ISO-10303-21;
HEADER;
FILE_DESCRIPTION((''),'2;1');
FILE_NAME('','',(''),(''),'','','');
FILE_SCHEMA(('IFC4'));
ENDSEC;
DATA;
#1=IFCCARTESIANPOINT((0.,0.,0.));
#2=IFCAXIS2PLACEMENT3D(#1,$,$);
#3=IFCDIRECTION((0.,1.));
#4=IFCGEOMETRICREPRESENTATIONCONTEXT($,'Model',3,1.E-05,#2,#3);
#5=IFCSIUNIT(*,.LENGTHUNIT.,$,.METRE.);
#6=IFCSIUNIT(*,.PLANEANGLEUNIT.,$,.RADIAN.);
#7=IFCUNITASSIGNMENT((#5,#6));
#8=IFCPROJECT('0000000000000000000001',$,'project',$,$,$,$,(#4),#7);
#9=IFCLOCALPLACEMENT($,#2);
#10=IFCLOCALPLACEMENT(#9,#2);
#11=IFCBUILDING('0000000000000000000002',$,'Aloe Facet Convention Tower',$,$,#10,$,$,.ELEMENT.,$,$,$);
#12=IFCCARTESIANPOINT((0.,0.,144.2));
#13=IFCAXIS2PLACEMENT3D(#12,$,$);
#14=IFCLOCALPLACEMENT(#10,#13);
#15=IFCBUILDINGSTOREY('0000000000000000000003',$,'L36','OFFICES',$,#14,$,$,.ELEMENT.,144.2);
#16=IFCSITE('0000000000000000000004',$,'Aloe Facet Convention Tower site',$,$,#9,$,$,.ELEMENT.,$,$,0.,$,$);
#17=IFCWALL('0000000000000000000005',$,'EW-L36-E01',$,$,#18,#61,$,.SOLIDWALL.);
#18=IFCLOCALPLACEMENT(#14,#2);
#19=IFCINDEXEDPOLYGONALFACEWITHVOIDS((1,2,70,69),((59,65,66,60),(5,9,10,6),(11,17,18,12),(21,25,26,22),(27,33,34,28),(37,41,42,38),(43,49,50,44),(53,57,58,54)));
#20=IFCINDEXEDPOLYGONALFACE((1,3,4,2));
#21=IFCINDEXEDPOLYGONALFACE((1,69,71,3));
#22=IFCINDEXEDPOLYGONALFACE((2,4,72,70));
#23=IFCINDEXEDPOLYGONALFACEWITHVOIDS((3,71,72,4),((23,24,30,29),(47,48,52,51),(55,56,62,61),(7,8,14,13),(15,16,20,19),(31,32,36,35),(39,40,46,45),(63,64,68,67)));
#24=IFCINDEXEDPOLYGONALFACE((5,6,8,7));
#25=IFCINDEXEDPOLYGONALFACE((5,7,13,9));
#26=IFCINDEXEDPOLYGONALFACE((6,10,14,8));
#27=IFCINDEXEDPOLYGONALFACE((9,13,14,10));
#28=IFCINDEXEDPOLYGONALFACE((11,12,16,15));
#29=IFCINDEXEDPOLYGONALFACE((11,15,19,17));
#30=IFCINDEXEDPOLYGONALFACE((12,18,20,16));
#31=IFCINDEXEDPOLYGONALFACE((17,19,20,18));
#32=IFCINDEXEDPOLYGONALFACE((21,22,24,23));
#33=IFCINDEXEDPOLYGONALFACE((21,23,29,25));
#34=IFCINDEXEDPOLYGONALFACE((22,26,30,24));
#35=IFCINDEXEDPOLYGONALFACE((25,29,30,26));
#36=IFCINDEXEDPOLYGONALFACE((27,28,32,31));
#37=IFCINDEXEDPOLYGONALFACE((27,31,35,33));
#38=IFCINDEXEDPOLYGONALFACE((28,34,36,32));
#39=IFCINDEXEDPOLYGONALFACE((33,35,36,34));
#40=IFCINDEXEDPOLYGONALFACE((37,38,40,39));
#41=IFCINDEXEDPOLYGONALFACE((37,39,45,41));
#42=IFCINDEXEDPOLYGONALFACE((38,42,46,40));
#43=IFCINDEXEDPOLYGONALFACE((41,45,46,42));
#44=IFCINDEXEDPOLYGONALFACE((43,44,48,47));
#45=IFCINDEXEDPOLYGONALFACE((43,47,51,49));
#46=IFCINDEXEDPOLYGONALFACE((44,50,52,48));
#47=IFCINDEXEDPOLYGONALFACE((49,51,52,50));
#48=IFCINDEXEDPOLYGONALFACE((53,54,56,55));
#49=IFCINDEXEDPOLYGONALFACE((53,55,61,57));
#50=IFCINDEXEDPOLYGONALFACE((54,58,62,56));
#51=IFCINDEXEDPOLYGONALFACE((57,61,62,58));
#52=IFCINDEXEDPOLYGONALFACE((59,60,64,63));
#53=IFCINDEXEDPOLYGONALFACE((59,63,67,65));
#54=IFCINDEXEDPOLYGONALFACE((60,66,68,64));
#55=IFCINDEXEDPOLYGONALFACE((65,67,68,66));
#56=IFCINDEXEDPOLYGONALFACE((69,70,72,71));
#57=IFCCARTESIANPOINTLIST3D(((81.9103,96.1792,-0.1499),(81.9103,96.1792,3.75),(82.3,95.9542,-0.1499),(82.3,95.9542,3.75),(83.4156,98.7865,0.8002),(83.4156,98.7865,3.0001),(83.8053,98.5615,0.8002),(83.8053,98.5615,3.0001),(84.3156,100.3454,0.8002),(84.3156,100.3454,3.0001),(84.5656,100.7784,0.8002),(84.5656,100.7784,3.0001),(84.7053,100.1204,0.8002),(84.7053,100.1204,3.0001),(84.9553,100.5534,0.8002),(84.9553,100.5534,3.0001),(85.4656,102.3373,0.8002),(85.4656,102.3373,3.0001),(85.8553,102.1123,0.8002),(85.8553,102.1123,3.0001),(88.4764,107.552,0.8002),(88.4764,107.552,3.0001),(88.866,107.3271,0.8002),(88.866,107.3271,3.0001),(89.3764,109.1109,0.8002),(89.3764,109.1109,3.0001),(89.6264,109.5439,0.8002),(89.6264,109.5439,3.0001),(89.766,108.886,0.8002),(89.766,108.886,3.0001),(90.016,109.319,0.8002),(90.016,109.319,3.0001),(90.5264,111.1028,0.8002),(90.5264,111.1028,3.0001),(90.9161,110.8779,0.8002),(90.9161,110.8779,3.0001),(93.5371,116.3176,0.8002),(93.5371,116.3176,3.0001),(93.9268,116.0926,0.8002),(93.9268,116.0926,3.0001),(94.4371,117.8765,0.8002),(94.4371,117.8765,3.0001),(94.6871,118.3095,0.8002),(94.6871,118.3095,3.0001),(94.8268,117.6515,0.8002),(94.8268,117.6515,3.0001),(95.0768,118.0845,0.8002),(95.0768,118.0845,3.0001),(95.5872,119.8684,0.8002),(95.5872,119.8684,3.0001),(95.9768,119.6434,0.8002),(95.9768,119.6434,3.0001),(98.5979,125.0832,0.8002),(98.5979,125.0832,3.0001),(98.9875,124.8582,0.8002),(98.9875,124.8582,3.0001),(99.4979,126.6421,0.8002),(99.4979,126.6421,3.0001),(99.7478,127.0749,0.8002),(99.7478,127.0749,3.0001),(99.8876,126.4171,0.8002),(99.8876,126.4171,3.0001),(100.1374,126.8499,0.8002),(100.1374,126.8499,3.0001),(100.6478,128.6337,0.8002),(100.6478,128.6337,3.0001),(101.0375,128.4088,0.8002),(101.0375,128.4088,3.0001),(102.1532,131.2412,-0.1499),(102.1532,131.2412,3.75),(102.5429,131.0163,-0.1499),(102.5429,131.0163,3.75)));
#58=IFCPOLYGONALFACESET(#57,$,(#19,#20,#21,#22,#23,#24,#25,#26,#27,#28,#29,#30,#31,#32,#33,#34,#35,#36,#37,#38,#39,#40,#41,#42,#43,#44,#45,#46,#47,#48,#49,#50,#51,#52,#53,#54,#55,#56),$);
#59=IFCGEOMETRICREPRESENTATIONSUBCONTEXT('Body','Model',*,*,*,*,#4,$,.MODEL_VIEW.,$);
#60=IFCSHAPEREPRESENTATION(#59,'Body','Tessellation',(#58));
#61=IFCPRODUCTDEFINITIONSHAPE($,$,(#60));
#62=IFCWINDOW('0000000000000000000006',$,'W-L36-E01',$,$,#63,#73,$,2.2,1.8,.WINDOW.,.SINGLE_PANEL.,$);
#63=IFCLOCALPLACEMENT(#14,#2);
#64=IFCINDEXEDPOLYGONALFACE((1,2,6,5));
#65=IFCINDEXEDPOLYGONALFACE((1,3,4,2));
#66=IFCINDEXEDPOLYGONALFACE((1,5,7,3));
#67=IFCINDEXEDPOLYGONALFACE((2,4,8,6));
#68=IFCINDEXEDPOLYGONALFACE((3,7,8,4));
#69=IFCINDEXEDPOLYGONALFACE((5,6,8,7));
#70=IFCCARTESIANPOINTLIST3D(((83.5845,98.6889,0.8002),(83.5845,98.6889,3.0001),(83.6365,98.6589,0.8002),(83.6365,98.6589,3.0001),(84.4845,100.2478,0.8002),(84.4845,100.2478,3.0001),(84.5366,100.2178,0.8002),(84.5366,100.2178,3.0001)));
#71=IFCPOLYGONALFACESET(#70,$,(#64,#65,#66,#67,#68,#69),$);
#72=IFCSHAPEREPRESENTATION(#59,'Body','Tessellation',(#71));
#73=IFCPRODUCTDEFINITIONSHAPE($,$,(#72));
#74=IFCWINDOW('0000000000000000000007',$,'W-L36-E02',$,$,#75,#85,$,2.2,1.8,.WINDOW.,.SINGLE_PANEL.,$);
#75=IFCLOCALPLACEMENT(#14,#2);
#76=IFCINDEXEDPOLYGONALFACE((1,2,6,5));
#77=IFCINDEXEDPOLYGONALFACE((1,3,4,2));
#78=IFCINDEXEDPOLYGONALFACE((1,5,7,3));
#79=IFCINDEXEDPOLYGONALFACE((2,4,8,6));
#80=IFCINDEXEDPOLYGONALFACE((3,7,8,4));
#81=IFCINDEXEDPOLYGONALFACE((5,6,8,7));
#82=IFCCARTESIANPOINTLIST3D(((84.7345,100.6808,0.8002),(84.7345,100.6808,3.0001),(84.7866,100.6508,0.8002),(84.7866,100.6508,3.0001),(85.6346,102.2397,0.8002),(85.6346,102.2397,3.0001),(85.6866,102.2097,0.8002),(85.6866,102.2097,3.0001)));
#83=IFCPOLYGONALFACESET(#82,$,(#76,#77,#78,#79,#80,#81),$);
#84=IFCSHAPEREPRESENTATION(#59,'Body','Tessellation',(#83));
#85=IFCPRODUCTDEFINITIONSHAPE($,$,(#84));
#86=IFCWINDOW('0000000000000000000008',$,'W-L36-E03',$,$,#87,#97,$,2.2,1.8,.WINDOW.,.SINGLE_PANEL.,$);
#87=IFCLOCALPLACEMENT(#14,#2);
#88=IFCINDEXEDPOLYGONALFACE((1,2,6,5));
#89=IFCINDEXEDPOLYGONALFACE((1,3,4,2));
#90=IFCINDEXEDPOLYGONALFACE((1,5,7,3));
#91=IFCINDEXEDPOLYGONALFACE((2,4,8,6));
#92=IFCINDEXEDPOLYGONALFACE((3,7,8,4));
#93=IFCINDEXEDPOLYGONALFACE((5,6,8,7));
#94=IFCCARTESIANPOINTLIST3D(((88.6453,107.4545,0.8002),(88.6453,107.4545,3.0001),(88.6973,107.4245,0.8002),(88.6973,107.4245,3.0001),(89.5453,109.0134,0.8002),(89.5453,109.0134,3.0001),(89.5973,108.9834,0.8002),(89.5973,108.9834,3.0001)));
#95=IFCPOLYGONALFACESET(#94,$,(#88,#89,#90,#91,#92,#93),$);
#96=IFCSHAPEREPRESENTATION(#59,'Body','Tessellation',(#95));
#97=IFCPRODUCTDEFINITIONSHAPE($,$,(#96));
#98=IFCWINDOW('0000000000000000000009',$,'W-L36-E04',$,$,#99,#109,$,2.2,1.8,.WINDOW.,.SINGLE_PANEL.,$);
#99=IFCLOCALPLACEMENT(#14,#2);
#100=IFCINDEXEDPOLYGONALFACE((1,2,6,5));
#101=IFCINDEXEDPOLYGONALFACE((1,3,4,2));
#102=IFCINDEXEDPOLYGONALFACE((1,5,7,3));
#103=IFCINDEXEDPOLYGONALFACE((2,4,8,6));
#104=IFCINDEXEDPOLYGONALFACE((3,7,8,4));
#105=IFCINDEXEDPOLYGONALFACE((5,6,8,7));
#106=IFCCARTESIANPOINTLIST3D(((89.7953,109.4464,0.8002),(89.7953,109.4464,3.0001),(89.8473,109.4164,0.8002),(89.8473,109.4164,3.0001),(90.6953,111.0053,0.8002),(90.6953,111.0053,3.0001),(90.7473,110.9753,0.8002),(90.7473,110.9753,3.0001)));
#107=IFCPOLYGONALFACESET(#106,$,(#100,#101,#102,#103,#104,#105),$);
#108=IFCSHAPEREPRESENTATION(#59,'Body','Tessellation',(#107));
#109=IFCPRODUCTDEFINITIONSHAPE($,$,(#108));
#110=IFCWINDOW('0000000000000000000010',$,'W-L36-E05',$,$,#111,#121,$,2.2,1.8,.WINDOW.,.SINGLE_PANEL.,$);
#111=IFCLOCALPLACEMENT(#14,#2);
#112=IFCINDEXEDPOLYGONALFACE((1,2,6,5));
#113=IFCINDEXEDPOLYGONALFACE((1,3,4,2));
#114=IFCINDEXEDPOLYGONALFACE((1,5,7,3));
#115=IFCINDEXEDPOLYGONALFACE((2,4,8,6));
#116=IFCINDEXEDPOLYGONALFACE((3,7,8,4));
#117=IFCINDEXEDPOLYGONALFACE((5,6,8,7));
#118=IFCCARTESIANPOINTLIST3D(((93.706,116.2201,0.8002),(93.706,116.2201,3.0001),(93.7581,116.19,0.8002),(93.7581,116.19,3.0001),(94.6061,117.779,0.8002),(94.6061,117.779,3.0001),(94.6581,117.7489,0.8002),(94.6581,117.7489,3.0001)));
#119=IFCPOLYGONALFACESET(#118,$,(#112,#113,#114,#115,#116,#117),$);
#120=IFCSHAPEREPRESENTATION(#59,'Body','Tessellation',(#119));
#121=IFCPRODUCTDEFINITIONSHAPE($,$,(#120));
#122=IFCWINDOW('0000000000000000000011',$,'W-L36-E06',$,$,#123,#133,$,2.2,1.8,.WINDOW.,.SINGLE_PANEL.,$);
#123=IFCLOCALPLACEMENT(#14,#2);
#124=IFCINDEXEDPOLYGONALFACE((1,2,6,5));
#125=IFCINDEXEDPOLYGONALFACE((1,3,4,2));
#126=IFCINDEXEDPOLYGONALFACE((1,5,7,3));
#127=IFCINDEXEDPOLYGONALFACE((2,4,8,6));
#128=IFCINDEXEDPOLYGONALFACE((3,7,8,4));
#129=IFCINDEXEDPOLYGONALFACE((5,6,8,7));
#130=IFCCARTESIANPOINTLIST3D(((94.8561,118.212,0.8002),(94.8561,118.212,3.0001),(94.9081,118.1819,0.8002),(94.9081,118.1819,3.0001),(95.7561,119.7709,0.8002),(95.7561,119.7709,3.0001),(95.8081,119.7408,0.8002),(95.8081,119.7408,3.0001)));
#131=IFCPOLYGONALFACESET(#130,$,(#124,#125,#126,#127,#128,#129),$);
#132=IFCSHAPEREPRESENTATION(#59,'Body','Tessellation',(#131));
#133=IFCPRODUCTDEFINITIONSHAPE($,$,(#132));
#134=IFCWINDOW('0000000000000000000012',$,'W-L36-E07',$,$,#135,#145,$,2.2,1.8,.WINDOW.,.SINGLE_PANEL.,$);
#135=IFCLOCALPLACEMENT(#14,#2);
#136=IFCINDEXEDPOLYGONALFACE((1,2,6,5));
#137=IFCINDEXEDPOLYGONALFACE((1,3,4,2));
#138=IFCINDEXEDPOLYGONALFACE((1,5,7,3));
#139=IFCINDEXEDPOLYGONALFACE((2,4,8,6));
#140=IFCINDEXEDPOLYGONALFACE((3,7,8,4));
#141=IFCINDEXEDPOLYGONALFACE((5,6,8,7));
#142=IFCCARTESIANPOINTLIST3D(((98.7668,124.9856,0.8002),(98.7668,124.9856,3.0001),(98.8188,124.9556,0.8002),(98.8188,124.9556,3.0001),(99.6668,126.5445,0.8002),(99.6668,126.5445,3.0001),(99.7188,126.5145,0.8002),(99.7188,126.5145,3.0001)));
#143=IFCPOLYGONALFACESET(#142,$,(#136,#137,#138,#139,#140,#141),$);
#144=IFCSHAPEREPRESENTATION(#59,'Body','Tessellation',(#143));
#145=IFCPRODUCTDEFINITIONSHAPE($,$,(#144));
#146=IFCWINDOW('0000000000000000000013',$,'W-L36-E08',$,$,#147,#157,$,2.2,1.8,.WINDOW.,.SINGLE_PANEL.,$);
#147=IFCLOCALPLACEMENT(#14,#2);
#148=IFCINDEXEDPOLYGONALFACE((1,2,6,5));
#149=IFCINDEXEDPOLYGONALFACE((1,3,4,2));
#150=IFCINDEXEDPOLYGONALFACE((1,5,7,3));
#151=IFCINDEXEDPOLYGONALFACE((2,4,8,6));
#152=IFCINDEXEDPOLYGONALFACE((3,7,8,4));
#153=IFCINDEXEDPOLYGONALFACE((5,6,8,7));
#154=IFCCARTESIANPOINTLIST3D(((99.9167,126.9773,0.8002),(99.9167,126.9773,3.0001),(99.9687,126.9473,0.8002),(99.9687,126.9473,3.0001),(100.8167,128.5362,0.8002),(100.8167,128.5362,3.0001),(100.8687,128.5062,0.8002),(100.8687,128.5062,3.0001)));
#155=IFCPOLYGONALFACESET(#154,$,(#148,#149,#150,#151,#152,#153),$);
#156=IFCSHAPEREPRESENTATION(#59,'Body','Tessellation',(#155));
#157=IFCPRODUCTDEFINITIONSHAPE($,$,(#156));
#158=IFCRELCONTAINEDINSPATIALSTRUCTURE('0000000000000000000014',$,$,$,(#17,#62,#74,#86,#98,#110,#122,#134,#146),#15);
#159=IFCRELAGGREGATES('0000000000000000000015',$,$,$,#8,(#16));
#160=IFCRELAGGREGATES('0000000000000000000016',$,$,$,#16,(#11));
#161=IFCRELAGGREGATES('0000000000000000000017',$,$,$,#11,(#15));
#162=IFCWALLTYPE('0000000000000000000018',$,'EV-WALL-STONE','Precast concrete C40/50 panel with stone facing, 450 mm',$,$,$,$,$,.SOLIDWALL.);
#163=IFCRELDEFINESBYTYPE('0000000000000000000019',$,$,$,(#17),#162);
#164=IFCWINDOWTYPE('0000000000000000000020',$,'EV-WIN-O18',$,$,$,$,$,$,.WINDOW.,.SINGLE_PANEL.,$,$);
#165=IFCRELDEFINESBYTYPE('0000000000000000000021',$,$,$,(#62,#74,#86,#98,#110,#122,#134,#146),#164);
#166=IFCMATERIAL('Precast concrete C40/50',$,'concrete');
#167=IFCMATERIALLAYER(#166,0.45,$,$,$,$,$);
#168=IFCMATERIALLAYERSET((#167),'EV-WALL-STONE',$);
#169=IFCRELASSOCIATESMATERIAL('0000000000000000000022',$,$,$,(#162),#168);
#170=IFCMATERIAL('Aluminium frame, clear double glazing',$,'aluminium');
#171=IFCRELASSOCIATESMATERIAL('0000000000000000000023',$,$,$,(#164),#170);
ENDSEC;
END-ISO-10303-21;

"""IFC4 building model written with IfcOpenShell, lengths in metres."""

from ifc_helpers import new_model, si_unit, direction, frame, frame_2d, origin, place, context, subcontext, project, spatial, polyline, rectangle, outline, extrude, material, layer, layer_set, type_object, element, fill, save


model = new_model("IFC4")

# Units and contexts
model_context = context("Model", 3, precision=1e-05, world=origin(), true_north=direction((0.0, 1.0)))
body_context = subcontext(model_context, "Body", "Model", "MODEL_VIEW")
ifc_project = project(units=[si_unit("LENGTHUNIT", "METRE"), si_unit("PLANEANGLEUNIT", "RADIAN")], contexts=[model_context])

# Site, building, storey
site_placement = place(None, origin())
site = spatial("IfcSite", under=ifc_project, at=site_placement, Name="Aloe Facet Convention Tower site", CompositionType="ELEMENT", RefElevation=0.0)
building_placement = place(site_placement, origin())
building = spatial("IfcBuilding", under=site, at=building_placement, Name="Aloe Facet Convention Tower", CompositionType="ELEMENT")
storey_placement = place(building_placement, frame((0.0, 0.0, 144.2)))
storey = spatial("IfcBuildingStorey", under=building, at=storey_placement, Name="L36", Description="OFFICES", CompositionType="ELEMENT", Elevation=144.2)

# Wall, openings, windows
ifc_material_1 = material(Name="Precast concrete C40/50", Category="concrete")
ifc_layer_1 = layer(ifc_material_1, 0.45)
ifc_layer_set_1 = layer_set([ifc_layer_1], Name="EV-WALL-STONE")
wall_type_1 = type_object("IfcWallType", Name="EV-WALL-STONE", Description="Precast concrete C40/50 panel with stone facing, 450 mm", PredefinedType="SOLIDWALL", material=ifc_layer_set_1)
wall_1_placement = place(storey_placement, frame((82.1052, 96.0667, -0.1499), z_axis=(0.0, 0.0, 1.0), x_axis=(0.499997, 0.866027, 0.0)))
wall_1 = element("IfcWall", 1, at=wall_1_placement, inside=storey, type_object=wall_type_1, Name="EW-L36-E01", PredefinedType="SOLIDWALL", context=body_context, shape_type="SweptSolid", body=[
    extrude(outline(polyline([(40.4861, 0.0), (40.4861, 3.8999), (0.0, 3.8999), (0.0, 0.0), (40.4861, 0.0)])), frame((0.0, 0.2251, 0.0), z_axis=(0.0, -1.0, 0.0), x_axis=(1.0, 0.0, 0.0)), (0.0, 0.0, 1.0), 0.45),
])
opening_1_placement = place(wall_1_placement, frame((3.0107, 0.0, 0.95)))
opening_1 = element("IfcOpeningElement", 2, at=opening_1_placement, cuts=wall_1, PredefinedType="OPENING", context=body_context, shape_type="SweptSolid", body=[
    extrude(rectangle(XDim=1.8, YDim=2.2, at=frame_2d((0.8999, 1.1001))), frame((0.0, 0.2349, 0.0), z_axis=(0.0, -1.0, 0.0), x_axis=(1.0, 0.0, 0.0)), (0.0, 0.0, 1.0), 0.47),
])
opening_2_placement = place(wall_1_placement, frame((5.3108, 0.0, 0.95)))
opening_2 = element("IfcOpeningElement", 3, at=opening_2_placement, cuts=wall_1, PredefinedType="OPENING", context=body_context, shape_type="SweptSolid", body=[
    extrude(rectangle(XDim=1.8, YDim=2.2, at=frame_2d((0.8999, 1.1001))), frame((0.0, 0.2349, 0.0), z_axis=(0.0, -1.0, 0.0), x_axis=(1.0, 0.0, 0.0)), (0.0, 0.0, 1.0), 0.47),
])
opening_3_placement = place(wall_1_placement, frame((13.1323, 0.0, 0.95)))
opening_3 = element("IfcOpeningElement", 4, at=opening_3_placement, cuts=wall_1, PredefinedType="OPENING", context=body_context, shape_type="SweptSolid", body=[
    extrude(rectangle(XDim=1.8, YDim=2.2, at=frame_2d((0.8999, 1.1001))), frame((0.0, 0.2349, 0.0), z_axis=(0.0, -1.0, 0.0), x_axis=(1.0, 0.0, 0.0)), (0.0, 0.0, 1.0), 0.47),
])
opening_4_placement = place(wall_1_placement, frame((15.4324, 0.0, 0.95)))
opening_4 = element("IfcOpeningElement", 5, at=opening_4_placement, cuts=wall_1, PredefinedType="OPENING", context=body_context, shape_type="SweptSolid", body=[
    extrude(rectangle(XDim=1.8, YDim=2.2, at=frame_2d((0.8999, 1.1001))), frame((0.0, 0.2349, 0.0), z_axis=(0.0, -1.0, 0.0), x_axis=(1.0, 0.0, 0.0)), (0.0, 0.0, 1.0), 0.47),
])
opening_5_placement = place(wall_1_placement, frame((23.2539, 0.0, 0.95)))
opening_5 = element("IfcOpeningElement", 6, at=opening_5_placement, cuts=wall_1, PredefinedType="OPENING", context=body_context, shape_type="SweptSolid", body=[
    extrude(rectangle(XDim=1.8, YDim=2.2, at=frame_2d((0.8999, 1.1001))), frame((0.0, 0.2349, 0.0), z_axis=(0.0, -1.0, 0.0), x_axis=(1.0, 0.0, 0.0)), (0.0, 0.0, 1.0), 0.47),
])
opening_6_placement = place(wall_1_placement, frame((25.554, 0.0, 0.95)))
opening_6 = element("IfcOpeningElement", 7, at=opening_6_placement, cuts=wall_1, PredefinedType="OPENING", context=body_context, shape_type="SweptSolid", body=[
    extrude(rectangle(XDim=1.8, YDim=2.2, at=frame_2d((0.8999, 1.1001))), frame((0.0, 0.2349, 0.0), z_axis=(0.0, -1.0, 0.0), x_axis=(1.0, 0.0, 0.0)), (0.0, 0.0, 1.0), 0.47),
])
opening_7_placement = place(wall_1_placement, frame((33.3755, 0.0, 0.95)))
opening_7 = element("IfcOpeningElement", 8, at=opening_7_placement, cuts=wall_1, PredefinedType="OPENING", context=body_context, shape_type="SweptSolid", body=[
    extrude(rectangle(XDim=1.8, YDim=2.2, at=frame_2d((0.8999, 1.1001))), frame((0.0, 0.2349, 0.0), z_axis=(0.0, -1.0, 0.0), x_axis=(1.0, 0.0, 0.0)), (0.0, 0.0, 1.0), 0.47),
])
opening_8_placement = place(wall_1_placement, frame((35.6753, 0.0, 0.95)))
opening_8 = element("IfcOpeningElement", 9, at=opening_8_placement, cuts=wall_1, PredefinedType="OPENING", context=body_context, shape_type="SweptSolid", body=[
    extrude(rectangle(XDim=1.8, YDim=2.2, at=frame_2d((0.8999, 1.1001))), frame((0.0, 0.2349, 0.0), z_axis=(0.0, -1.0, 0.0), x_axis=(1.0, 0.0, 0.0)), (0.0, 0.0, 1.0), 0.47),
])
ifc_material_2 = material(Name="Aluminium frame, clear double glazing", Category="aluminium")
window_type = type_object("IfcWindowType", Name="EV-WIN-O18", PartitioningType="SINGLE_PANEL", PredefinedType="WINDOW", material=ifc_material_2)
window_1_placement = place(opening_1_placement, origin())
window_1 = element("IfcWindow", 10, at=window_1_placement, inside=storey, type_object=window_type, Name="W-L36-E01", OverallHeight=2.2, OverallWidth=1.8, PartitioningType="SINGLE_PANEL", PredefinedType="WINDOW", context=body_context, shape_type="SweptSolid", body=[
    extrude(rectangle(XDim=1.8, YDim=2.2, at=frame_2d((0.8999, 1.1001))), frame((0.0, 0.03, 0.0), z_axis=(0.0, -1.0, 0.0), x_axis=(1.0, 0.0, 0.0)), (0.0, 0.0, 1.0), 0.0601),
])
fill(opening_1, window_1)
window_2_placement = place(opening_2_placement, origin())
window_2 = element("IfcWindow", 11, at=window_2_placement, inside=storey, type_object=window_type, Name="W-L36-E02", OverallHeight=2.2, OverallWidth=1.8, PartitioningType="SINGLE_PANEL", PredefinedType="WINDOW", context=body_context, shape_type="SweptSolid", body=[
    extrude(rectangle(XDim=1.8, YDim=2.2, at=frame_2d((0.8999, 1.1001))), frame((0.0, 0.03, 0.0), z_axis=(0.0, -1.0, 0.0), x_axis=(1.0, 0.0, 0.0)), (0.0, 0.0, 1.0), 0.0601),
])
fill(opening_2, window_2)
window_3_placement = place(opening_3_placement, origin())
window_3 = element("IfcWindow", 12, at=window_3_placement, inside=storey, type_object=window_type, Name="W-L36-E03", OverallHeight=2.2, OverallWidth=1.8, PartitioningType="SINGLE_PANEL", PredefinedType="WINDOW", context=body_context, shape_type="SweptSolid", body=[
    extrude(rectangle(XDim=1.8, YDim=2.2, at=frame_2d((0.8999, 1.1001))), frame((0.0, 0.03, 0.0), z_axis=(0.0, -1.0, 0.0), x_axis=(1.0, 0.0, 0.0)), (0.0, 0.0, 1.0), 0.0601),
])
fill(opening_3, window_3)
window_4_placement = place(opening_4_placement, origin())
window_4 = element("IfcWindow", 13, at=window_4_placement, inside=storey, type_object=window_type, Name="W-L36-E04", OverallHeight=2.2, OverallWidth=1.8, PartitioningType="SINGLE_PANEL", PredefinedType="WINDOW", context=body_context, shape_type="SweptSolid", body=[
    extrude(rectangle(XDim=1.8, YDim=2.2, at=frame_2d((0.8999, 1.1001))), frame((0.0, 0.03, 0.0), z_axis=(0.0, -1.0, 0.0), x_axis=(1.0, 0.0, 0.0)), (0.0, 0.0, 1.0), 0.0601),
])
fill(opening_4, window_4)
window_5_placement = place(opening_5_placement, origin())
window_5 = element("IfcWindow", 14, at=window_5_placement, inside=storey, type_object=window_type, Name="W-L36-E05", OverallHeight=2.2, OverallWidth=1.8, PartitioningType="SINGLE_PANEL", PredefinedType="WINDOW", context=body_context, shape_type="SweptSolid", body=[
    extrude(rectangle(XDim=1.8, YDim=2.2, at=frame_2d((0.8999, 1.1001))), frame((0.0, 0.03, 0.0), z_axis=(0.0, -1.0, 0.0), x_axis=(1.0, 0.0, 0.0)), (0.0, 0.0, 1.0), 0.0601),
])
fill(opening_5, window_5)
window_6_placement = place(opening_6_placement, origin())
window_6 = element("IfcWindow", 15, at=window_6_placement, inside=storey, type_object=window_type, Name="W-L36-E06", OverallHeight=2.2, OverallWidth=1.8, PartitioningType="SINGLE_PANEL", PredefinedType="WINDOW", context=body_context, shape_type="SweptSolid", body=[
    extrude(rectangle(XDim=1.8, YDim=2.2, at=frame_2d((0.8999, 1.1001))), frame((0.0, 0.03, 0.0), z_axis=(0.0, -1.0, 0.0), x_axis=(1.0, 0.0, 0.0)), (0.0, 0.0, 1.0), 0.0601),
])
fill(opening_6, window_6)
window_7_placement = place(opening_7_placement, origin())
window_7 = element("IfcWindow", 16, at=window_7_placement, inside=storey, type_object=window_type, Name="W-L36-E07", OverallHeight=2.2, OverallWidth=1.8, PartitioningType="SINGLE_PANEL", PredefinedType="WINDOW", context=body_context, shape_type="SweptSolid", body=[
    extrude(rectangle(XDim=1.8, YDim=2.2, at=frame_2d((0.8999, 1.1001))), frame((0.0, 0.03, 0.0), z_axis=(0.0, -1.0, 0.0), x_axis=(1.0, 0.0, 0.0)), (0.0, 0.0, 1.0), 0.0601),
])
fill(opening_7, window_7)
window_8_placement = place(opening_8_placement, origin())
window_8 = element("IfcWindow", 17, at=window_8_placement, inside=storey, type_object=window_type, Name="W-L36-E08", OverallHeight=2.2, OverallWidth=1.8, PartitioningType="SINGLE_PANEL", PredefinedType="WINDOW", context=body_context, shape_type="SweptSolid", body=[
    extrude(rectangle(XDim=1.8, YDim=2.2, at=frame_2d((0.8999, 1.1001))), frame((0.0, 0.03, 0.0), z_axis=(0.0, -1.0, 0.0), x_axis=(1.0, 0.0, 0.0)), (0.0, 0.0, 1.0), 0.0601),
])
fill(opening_8, window_8)

save(model, "model.ifc")
